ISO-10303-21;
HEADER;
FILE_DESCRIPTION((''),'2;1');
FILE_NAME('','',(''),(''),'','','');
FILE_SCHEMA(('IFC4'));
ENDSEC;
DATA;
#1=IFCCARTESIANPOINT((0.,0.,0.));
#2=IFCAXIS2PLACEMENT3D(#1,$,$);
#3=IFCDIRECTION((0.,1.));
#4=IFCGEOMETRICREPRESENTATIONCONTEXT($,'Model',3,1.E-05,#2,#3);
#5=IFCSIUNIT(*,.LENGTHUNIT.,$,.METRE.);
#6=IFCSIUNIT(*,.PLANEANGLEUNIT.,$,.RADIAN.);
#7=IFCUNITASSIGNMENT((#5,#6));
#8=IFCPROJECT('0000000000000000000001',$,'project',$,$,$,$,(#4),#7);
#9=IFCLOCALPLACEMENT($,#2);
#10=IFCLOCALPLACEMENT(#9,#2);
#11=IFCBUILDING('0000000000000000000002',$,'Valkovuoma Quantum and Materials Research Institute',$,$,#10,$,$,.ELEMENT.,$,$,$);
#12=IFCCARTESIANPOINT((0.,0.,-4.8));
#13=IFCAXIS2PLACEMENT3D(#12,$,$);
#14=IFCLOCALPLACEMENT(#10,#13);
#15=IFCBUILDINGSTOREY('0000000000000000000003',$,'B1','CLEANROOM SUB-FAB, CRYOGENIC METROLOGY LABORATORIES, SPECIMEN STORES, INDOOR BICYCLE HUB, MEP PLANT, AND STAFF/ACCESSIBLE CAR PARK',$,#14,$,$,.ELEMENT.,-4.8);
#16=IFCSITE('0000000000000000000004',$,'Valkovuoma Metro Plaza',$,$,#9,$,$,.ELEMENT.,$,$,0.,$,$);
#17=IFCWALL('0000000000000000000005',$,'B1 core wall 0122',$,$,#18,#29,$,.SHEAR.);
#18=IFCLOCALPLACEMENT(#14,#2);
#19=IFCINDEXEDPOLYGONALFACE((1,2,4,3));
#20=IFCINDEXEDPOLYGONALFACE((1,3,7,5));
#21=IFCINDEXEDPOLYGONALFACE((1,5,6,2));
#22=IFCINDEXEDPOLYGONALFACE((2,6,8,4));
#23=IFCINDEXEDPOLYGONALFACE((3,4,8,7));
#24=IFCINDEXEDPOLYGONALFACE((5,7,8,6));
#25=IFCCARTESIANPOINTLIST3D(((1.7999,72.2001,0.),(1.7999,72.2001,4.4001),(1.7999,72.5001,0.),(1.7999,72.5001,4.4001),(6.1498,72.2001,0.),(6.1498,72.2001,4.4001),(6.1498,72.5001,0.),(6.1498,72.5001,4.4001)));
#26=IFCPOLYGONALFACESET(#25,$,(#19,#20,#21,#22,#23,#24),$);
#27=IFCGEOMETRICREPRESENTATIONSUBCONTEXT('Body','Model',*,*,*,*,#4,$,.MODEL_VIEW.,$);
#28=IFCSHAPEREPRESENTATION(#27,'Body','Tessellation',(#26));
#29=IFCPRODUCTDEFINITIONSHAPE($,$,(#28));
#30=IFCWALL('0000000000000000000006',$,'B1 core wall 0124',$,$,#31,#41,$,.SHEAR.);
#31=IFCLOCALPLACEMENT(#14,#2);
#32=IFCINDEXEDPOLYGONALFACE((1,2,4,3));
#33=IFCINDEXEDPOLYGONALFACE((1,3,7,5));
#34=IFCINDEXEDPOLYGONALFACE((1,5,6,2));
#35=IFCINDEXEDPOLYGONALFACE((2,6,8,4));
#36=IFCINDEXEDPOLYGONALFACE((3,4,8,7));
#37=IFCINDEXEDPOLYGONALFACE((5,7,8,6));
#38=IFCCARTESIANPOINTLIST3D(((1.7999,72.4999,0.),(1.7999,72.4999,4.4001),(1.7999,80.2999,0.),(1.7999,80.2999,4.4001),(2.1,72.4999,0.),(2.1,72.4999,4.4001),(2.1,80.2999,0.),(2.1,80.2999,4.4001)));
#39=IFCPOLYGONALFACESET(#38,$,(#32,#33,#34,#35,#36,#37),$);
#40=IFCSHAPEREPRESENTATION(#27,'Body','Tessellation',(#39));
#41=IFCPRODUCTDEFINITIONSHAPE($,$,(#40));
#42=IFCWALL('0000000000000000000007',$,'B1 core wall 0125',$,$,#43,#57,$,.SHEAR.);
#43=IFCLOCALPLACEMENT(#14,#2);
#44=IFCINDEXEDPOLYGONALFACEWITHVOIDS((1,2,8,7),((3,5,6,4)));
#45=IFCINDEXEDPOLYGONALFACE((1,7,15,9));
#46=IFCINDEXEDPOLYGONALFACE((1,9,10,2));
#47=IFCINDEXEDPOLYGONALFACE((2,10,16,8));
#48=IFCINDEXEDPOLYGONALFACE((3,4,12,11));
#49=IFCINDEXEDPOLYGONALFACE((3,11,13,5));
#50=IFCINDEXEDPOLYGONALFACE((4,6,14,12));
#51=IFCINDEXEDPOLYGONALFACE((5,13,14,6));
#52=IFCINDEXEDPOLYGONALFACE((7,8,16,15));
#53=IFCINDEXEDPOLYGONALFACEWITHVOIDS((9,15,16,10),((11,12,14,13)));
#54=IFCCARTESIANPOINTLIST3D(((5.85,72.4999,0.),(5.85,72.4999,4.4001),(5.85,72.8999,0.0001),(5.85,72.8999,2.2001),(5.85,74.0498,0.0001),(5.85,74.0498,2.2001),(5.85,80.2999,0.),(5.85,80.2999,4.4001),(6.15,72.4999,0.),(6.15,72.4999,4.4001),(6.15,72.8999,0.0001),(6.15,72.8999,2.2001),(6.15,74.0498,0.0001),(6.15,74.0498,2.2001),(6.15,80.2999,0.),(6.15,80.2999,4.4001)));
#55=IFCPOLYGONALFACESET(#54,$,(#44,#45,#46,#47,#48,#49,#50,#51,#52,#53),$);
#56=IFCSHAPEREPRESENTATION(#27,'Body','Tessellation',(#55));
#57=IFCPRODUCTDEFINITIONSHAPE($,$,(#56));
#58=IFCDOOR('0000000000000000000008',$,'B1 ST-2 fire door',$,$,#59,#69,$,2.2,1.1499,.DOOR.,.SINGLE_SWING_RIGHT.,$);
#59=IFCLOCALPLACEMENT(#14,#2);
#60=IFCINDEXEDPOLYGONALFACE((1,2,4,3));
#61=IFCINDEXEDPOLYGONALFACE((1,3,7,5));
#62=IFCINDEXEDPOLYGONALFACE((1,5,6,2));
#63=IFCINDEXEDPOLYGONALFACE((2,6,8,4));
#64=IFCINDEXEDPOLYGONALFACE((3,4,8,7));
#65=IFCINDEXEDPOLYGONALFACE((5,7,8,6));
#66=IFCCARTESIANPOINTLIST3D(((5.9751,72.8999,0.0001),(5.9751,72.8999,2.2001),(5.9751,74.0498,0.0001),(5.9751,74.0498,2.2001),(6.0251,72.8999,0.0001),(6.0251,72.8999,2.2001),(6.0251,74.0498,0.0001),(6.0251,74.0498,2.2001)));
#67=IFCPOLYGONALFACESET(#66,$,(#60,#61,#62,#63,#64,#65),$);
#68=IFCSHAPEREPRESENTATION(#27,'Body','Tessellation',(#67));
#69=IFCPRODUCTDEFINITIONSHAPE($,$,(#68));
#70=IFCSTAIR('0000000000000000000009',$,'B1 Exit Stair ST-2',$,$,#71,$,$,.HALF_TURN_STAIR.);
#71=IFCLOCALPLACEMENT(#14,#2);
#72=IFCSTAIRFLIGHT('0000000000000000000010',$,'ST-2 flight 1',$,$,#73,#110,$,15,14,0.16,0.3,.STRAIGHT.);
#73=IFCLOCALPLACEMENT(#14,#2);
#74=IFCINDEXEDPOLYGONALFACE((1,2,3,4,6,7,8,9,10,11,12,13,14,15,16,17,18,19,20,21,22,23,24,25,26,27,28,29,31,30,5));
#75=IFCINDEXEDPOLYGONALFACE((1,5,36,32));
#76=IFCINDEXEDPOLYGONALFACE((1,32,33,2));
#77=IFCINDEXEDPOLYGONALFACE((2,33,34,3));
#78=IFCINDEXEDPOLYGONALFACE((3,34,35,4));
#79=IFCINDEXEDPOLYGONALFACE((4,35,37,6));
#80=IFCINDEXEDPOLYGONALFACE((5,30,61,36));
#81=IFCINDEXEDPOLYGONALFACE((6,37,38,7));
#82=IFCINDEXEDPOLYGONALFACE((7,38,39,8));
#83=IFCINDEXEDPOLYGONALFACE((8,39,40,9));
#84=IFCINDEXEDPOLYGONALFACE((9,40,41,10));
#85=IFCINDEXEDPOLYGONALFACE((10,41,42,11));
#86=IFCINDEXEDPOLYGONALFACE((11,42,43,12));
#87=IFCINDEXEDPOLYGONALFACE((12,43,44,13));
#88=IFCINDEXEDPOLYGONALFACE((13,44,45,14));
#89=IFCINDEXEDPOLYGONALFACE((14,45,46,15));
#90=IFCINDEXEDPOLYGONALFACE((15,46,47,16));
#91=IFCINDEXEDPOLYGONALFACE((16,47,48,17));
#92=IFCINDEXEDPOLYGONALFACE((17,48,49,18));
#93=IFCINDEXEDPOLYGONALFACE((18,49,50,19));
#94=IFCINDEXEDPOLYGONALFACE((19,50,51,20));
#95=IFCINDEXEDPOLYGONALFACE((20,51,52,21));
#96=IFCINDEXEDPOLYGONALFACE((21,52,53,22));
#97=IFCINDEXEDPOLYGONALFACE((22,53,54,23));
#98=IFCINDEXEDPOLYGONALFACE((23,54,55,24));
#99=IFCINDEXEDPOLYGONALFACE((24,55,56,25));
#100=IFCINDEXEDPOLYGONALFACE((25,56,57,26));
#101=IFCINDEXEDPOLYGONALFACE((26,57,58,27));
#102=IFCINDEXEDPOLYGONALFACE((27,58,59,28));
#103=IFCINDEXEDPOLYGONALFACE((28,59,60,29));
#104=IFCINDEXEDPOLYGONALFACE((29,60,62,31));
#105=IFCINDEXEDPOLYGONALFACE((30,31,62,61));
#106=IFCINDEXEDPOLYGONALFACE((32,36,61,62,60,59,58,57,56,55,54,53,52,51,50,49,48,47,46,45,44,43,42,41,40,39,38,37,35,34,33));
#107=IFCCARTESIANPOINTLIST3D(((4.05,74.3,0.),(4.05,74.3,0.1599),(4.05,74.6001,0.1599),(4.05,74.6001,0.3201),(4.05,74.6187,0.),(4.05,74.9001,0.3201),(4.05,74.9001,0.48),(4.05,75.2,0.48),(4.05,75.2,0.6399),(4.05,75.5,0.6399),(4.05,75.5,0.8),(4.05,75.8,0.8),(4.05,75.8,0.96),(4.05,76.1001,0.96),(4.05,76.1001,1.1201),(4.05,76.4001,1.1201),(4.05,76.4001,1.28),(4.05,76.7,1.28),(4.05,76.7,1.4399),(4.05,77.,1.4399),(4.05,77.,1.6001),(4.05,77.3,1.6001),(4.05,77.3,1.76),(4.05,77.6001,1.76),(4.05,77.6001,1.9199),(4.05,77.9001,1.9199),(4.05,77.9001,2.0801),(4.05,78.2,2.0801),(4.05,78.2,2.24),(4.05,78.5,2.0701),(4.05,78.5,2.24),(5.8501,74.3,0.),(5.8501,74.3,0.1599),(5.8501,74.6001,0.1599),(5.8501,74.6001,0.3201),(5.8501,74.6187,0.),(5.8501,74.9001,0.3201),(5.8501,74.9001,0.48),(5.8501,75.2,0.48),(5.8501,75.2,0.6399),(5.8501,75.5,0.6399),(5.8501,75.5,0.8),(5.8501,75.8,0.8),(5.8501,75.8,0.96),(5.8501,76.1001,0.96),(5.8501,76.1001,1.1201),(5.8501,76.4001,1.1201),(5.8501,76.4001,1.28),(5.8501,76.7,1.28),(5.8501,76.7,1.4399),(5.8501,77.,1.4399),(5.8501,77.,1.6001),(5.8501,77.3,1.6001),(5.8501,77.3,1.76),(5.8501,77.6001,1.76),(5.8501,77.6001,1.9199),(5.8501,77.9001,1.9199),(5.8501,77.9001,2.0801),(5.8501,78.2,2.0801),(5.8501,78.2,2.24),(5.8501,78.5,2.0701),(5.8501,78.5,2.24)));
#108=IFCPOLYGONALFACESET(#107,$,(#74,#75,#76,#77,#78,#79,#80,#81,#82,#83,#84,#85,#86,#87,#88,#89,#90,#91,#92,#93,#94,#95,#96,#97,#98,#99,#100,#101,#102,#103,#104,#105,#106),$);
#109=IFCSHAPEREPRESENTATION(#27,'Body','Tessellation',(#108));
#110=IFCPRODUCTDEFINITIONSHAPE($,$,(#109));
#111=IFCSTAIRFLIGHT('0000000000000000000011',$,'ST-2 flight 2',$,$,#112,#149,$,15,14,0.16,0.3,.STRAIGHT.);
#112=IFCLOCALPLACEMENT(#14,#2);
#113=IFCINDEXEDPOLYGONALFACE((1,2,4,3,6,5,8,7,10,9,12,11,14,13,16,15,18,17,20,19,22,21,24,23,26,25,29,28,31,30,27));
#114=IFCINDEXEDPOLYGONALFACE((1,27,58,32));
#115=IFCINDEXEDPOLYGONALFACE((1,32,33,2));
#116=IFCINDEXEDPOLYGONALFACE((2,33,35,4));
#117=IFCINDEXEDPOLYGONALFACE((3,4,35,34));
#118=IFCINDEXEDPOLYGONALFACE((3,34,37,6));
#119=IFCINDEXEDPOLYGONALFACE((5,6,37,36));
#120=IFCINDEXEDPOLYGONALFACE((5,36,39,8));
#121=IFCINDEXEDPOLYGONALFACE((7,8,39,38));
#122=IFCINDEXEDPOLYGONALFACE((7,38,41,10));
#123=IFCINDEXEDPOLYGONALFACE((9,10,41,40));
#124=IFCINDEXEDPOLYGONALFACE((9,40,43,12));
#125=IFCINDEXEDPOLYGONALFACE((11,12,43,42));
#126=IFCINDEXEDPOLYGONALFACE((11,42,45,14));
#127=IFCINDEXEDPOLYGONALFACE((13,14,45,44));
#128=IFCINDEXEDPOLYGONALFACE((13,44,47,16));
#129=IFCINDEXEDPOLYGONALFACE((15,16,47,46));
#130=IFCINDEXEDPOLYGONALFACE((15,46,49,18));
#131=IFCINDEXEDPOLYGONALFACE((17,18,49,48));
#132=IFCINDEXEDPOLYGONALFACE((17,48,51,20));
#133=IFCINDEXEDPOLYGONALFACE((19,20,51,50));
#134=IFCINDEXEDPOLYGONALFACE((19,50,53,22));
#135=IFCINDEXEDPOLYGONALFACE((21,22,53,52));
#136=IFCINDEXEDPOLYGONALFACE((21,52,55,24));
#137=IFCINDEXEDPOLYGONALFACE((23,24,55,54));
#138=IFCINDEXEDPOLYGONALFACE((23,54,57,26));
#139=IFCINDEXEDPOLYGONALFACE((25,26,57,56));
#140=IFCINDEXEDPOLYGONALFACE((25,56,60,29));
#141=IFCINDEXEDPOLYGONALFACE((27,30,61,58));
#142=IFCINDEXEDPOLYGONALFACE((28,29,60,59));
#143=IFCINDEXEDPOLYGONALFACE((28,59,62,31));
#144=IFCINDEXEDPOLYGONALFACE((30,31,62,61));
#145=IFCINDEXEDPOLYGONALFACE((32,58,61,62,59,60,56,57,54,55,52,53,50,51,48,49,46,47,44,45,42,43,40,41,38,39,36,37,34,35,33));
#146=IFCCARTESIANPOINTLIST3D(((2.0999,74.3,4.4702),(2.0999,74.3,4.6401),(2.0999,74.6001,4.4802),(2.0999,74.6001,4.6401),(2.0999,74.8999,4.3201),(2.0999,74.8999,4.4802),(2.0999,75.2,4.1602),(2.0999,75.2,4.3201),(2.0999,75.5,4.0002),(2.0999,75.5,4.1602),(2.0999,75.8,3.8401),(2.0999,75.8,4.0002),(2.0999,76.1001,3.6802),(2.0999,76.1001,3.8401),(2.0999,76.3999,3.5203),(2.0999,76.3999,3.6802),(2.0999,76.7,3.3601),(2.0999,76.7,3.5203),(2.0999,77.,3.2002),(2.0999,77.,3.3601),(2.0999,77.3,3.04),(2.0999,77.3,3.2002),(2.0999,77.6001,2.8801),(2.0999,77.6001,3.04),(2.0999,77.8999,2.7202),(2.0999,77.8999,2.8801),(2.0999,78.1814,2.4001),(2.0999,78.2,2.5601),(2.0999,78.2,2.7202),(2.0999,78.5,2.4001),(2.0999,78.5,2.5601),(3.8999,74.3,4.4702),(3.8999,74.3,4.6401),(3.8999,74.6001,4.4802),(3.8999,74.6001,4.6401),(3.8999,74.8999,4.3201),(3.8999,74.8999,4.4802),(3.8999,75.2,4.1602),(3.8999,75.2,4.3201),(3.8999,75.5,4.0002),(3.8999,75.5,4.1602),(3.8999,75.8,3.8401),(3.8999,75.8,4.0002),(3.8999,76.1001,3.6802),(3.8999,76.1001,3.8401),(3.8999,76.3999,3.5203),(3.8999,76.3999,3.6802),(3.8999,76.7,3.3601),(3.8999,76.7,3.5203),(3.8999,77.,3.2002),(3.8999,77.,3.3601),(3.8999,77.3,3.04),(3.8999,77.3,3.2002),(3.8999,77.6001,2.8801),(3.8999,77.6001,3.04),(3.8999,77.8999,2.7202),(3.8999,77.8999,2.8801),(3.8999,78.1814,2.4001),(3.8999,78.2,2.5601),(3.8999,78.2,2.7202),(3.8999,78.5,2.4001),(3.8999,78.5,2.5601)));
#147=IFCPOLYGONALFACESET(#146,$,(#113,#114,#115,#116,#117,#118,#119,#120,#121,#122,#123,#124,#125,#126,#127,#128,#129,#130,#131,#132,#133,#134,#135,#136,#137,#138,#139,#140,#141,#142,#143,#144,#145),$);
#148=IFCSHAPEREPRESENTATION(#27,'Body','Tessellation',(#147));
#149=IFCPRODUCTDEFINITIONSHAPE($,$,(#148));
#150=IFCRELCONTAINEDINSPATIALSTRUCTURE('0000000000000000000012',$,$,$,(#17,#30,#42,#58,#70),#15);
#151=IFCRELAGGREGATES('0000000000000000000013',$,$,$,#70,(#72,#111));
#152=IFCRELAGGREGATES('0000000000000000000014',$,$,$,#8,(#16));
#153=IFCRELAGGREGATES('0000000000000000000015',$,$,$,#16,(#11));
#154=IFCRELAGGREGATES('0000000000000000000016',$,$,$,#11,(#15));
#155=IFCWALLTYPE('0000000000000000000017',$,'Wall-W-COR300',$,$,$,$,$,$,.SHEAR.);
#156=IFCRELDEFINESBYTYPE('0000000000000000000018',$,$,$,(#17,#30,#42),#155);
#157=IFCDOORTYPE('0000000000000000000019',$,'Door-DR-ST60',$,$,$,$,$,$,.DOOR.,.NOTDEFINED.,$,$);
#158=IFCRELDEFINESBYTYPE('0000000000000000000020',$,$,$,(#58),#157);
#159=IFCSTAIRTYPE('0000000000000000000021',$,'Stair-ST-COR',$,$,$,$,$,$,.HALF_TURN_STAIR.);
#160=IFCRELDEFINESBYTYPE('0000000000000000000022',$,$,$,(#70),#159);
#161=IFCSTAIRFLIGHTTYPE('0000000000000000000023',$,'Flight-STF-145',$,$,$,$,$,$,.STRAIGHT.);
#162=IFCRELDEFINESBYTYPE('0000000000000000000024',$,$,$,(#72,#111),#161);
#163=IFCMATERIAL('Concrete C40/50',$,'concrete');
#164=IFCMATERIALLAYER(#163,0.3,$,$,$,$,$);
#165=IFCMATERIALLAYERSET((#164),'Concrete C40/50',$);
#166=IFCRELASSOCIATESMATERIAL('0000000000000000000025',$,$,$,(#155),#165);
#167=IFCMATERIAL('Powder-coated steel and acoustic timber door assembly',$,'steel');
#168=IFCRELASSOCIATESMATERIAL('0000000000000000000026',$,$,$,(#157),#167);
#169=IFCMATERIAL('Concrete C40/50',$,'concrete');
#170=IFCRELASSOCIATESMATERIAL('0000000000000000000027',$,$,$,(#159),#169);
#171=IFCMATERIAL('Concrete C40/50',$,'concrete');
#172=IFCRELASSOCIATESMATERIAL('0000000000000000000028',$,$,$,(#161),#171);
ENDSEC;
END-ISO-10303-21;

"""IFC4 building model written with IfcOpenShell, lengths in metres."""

from ifc_helpers import new_model, si_unit, direction, frame, frame_2d, origin, place, context, subcontext, project, spatial, polyline, rectangle, outline, extrude, material, layer, layer_set, type_object, element, fill, aggregate, save


model = new_model("IFC4")

# Units and contexts
model_context = context("Model", 3, precision=1e-05, world=origin(), true_north=direction((0.0, 1.0)))
body_context = subcontext(model_context, "Body", "Model", "MODEL_VIEW")
ifc_project = project(units=[si_unit("LENGTHUNIT", "METRE"), si_unit("PLANEANGLEUNIT", "RADIAN")], contexts=[model_context])

# Site, building, storey
site_placement = place(None, origin())
site = spatial("IfcSite", under=ifc_project, at=site_placement, Name="Valkovuoma Metro Plaza", CompositionType="ELEMENT", RefElevation=0.0)
building_placement = place(site_placement, origin())
building = spatial("IfcBuilding", under=site, at=building_placement, Name="Valkovuoma Quantum and Materials Research Institute", CompositionType="ELEMENT")
storey_placement = place(building_placement, frame((0.0, 0.0, -4.8)))
storey = spatial("IfcBuildingStorey", under=building, at=storey_placement, Name="B1", Description="CLEANROOM SUB-FAB, CRYOGENIC METROLOGY LABORATORIES, SPECIMEN STORES, INDOOR BICYCLE HUB, MEP PLANT, AND STAFF/ACCESSIBLE CAR PARK", CompositionType="ELEMENT", Elevation=-4.8)

# Walls
ifc_material_1 = material(Name="Concrete C40/50", Category="concrete")
ifc_layer = layer(ifc_material_1, 0.3)
ifc_layer_set = layer_set([ifc_layer], Name="Concrete C40/50")
wall_type = type_object("IfcWallType", Name="Wall-W-COR300", PredefinedType="SHEAR", material=ifc_layer_set)
wall_1_placement = place(storey_placement, frame((1.8, 72.3501, 0.0), z_axis=(0.0, 0.0, 1.0), x_axis=(1.0, 0.0, 0.0)))
element("IfcWall", 1, at=wall_1_placement, inside=storey, type_object=wall_type, Name="B1 core wall 0122", PredefinedType="SHEAR", context=body_context, shape_type="SweptSolid", body=[
    extrude(rectangle(XDim=4.3499, YDim=0.3, at=frame_2d((2.1748, 0.0))), origin(), (0.0, 0.0, 1.0), 4.4001),
])
wall_2_placement = place(storey_placement, frame((1.95, 72.5, 0.0), z_axis=(0.0, 0.0, 1.0), x_axis=(0.0, 1.0, 0.0)))
element("IfcWall", 2, at=wall_2_placement, inside=storey, type_object=wall_type, Name="B1 core wall 0124", PredefinedType="SHEAR", context=body_context, shape_type="SweptSolid", body=[
    extrude(rectangle(XDim=7.8, YDim=0.3, at=frame_2d((3.8999, 0.0))), origin(), (0.0, 0.0, 1.0), 4.4001),
])

# Wall, opening, door
wall_3_placement = place(storey_placement, frame((6.0, 72.5, 0.0), z_axis=(0.0, 0.0, 1.0), x_axis=(0.0, 1.0, 0.0)))
wall_3 = element("IfcWall", 3, at=wall_3_placement, inside=storey, type_object=wall_type, Name="B1 core wall 0125", PredefinedType="SHEAR", context=body_context, shape_type="SweptSolid", body=[
    extrude(rectangle(XDim=7.8, YDim=0.3, at=frame_2d((3.8999, 0.0))), origin(), (0.0, 0.0, 1.0), 4.4001),
])
opening_placement = place(wall_3_placement, frame((0.3999, 0.0, 0.0)))
opening = element("IfcOpeningElement", 4, at=opening_placement, cuts=wall_3, PredefinedType="OPENING", context=body_context, shape_type="SweptSolid", body=[
    extrude(rectangle(XDim=1.1499, YDim=2.2, at=frame_2d((0.575, 1.1001))), frame((0.0, 0.1602, 0.0), z_axis=(0.0, -1.0, 0.0), x_axis=(1.0, 0.0, 0.0)), (0.0, 0.0, 1.0), 0.3201),
])
ifc_material_2 = material(Name="Powder-coated steel and acoustic timber door assembly", Category="steel")
door_type = type_object("IfcDoorType", Name="Door-DR-ST60", OperationType="NOTDEFINED", PredefinedType="DOOR", material=ifc_material_2)
door_placement = place(opening_placement, origin())
door = element("IfcDoor", 5, at=door_placement, inside=storey, type_object=door_type, Name="B1 ST-2 fire door", OperationType="SINGLE_SWING_RIGHT", OverallHeight=2.2, OverallWidth=1.1499, PredefinedType="DOOR", context=body_context, shape_type="SweptSolid", body=[
    extrude(rectangle(XDim=1.1499, YDim=2.2, at=frame_2d((0.575, 1.1001))), frame((0.0, 0.0249, 0.0), z_axis=(0.0, -1.0, 0.0), x_axis=(1.0, 0.0, 0.0)), (0.0, 0.0, 1.0), 0.05),
])
fill(opening, door)

# Stair, stair flights
ifc_material_3 = material(Name="Concrete C40/50", Category="concrete")
stair_type = type_object("IfcStairType", Name="Stair-ST-COR", PredefinedType="HALF_TURN_STAIR", material=ifc_material_3)
stair_placement = place(storey_placement, origin())
stair = element("IfcStair", 6, at=stair_placement, inside=storey, type_object=stair_type, Name="B1 Exit Stair ST-2", PredefinedType="HALF_TURN_STAIR")
ifc_material_4 = material(Name="Concrete C40/50", Category="concrete")
stair_flight_type = type_object("IfcStairFlightType", Name="Flight-STF-145", PredefinedType="STRAIGHT", material=ifc_material_4)
stair_flight_1_placement = place(storey_placement, frame((4.95, 74.3, 0.0), z_axis=(0.0, 0.0, 1.0), x_axis=(0.0, 1.0, 0.0)))
stair_flight_1 = element("IfcStairFlight", 7, at=stair_flight_1_placement, type_object=stair_flight_type, Name="ST-2 flight 1", NumberOfRisers=15, NumberOfTreads=14, PredefinedType="STRAIGHT", RiserHeight=0.16, TreadLength=0.3, context=body_context, shape_type="SweptSolid", body=[
    extrude(outline(polyline([(0.0, 0.0), (0.0, 0.1599), (0.3, 0.1599), (0.3, 0.3201), (0.6001, 0.3201), (0.6001, 0.48), (0.8999, 0.48), (0.8999, 0.6399), (1.2, 0.6399), (1.2, 0.8), (1.5, 0.8), (1.5, 0.96), (1.8, 0.96), (1.8, 1.1201), (2.1001, 1.1201), (2.1001, 1.28), (2.3999, 1.28), (2.3999, 1.4399), (2.7, 1.4399), (2.7, 1.6001), (3.0, 1.6001), (3.0, 1.76), (3.3, 1.76), (3.3, 1.9199), (3.6001, 1.9199), (3.6001, 2.0801), (3.8999, 2.0801), (3.8999, 2.24), (4.2, 2.24), (4.2, 2.3999), (4.2, 2.0701), (0.3186, 0.0), (0.0, 0.0)])), frame((0.0, 0.8999, 0.0), z_axis=(0.0, -1.0, 0.0), x_axis=(1.0, 0.0, 0.0)), (0.0, 0.0, 1.0), 1.8),
])
stair_flight_2_placement = place(storey_placement, frame((3.0, 78.5, 2.4001), z_axis=(0.0, 0.0, 1.0), x_axis=(0.0, -1.0, 0.0)))
stair_flight_2 = element("IfcStairFlight", 8, at=stair_flight_2_placement, type_object=stair_flight_type, Name="ST-2 flight 2", NumberOfRisers=15, NumberOfTreads=14, PredefinedType="STRAIGHT", RiserHeight=0.16, TreadLength=0.3, context=body_context, shape_type="SweptSolid", body=[
    extrude(outline(polyline([(0.0, 0.0), (0.0, 0.1599), (0.3, 0.1599), (0.3, 0.3201), (0.6001, 0.3201), (0.6001, 0.48), (0.8999, 0.48), (0.8999, 0.6399), (1.2, 0.6399), (1.2, 0.8), (1.5, 0.8), (1.5, 0.96), (1.8, 0.96), (1.8, 1.1201), (2.1001, 1.1201), (2.1001, 1.28), (2.3999, 1.28), (2.3999, 1.4399), (2.7, 1.4399), (2.7, 1.6001), (3.0, 1.6001), (3.0, 1.76), (3.3, 1.76), (3.3, 1.9199), (3.6001, 1.9199), (3.6001, 2.0801), (3.8999, 2.0801), (3.8999, 2.24), (4.2, 2.24), (4.2, 2.3999), (4.2, 2.0701), (0.3186, 0.0), (0.0, 0.0)])), frame((0.0, 0.8999, 0.0), z_axis=(0.0, -1.0, 0.0), x_axis=(1.0, 0.0, 0.0)), (0.0, 0.0, 1.0), 1.8),
])
aggregate(stair, [stair_flight_1, stair_flight_2])

save(model, "model.ifc")
